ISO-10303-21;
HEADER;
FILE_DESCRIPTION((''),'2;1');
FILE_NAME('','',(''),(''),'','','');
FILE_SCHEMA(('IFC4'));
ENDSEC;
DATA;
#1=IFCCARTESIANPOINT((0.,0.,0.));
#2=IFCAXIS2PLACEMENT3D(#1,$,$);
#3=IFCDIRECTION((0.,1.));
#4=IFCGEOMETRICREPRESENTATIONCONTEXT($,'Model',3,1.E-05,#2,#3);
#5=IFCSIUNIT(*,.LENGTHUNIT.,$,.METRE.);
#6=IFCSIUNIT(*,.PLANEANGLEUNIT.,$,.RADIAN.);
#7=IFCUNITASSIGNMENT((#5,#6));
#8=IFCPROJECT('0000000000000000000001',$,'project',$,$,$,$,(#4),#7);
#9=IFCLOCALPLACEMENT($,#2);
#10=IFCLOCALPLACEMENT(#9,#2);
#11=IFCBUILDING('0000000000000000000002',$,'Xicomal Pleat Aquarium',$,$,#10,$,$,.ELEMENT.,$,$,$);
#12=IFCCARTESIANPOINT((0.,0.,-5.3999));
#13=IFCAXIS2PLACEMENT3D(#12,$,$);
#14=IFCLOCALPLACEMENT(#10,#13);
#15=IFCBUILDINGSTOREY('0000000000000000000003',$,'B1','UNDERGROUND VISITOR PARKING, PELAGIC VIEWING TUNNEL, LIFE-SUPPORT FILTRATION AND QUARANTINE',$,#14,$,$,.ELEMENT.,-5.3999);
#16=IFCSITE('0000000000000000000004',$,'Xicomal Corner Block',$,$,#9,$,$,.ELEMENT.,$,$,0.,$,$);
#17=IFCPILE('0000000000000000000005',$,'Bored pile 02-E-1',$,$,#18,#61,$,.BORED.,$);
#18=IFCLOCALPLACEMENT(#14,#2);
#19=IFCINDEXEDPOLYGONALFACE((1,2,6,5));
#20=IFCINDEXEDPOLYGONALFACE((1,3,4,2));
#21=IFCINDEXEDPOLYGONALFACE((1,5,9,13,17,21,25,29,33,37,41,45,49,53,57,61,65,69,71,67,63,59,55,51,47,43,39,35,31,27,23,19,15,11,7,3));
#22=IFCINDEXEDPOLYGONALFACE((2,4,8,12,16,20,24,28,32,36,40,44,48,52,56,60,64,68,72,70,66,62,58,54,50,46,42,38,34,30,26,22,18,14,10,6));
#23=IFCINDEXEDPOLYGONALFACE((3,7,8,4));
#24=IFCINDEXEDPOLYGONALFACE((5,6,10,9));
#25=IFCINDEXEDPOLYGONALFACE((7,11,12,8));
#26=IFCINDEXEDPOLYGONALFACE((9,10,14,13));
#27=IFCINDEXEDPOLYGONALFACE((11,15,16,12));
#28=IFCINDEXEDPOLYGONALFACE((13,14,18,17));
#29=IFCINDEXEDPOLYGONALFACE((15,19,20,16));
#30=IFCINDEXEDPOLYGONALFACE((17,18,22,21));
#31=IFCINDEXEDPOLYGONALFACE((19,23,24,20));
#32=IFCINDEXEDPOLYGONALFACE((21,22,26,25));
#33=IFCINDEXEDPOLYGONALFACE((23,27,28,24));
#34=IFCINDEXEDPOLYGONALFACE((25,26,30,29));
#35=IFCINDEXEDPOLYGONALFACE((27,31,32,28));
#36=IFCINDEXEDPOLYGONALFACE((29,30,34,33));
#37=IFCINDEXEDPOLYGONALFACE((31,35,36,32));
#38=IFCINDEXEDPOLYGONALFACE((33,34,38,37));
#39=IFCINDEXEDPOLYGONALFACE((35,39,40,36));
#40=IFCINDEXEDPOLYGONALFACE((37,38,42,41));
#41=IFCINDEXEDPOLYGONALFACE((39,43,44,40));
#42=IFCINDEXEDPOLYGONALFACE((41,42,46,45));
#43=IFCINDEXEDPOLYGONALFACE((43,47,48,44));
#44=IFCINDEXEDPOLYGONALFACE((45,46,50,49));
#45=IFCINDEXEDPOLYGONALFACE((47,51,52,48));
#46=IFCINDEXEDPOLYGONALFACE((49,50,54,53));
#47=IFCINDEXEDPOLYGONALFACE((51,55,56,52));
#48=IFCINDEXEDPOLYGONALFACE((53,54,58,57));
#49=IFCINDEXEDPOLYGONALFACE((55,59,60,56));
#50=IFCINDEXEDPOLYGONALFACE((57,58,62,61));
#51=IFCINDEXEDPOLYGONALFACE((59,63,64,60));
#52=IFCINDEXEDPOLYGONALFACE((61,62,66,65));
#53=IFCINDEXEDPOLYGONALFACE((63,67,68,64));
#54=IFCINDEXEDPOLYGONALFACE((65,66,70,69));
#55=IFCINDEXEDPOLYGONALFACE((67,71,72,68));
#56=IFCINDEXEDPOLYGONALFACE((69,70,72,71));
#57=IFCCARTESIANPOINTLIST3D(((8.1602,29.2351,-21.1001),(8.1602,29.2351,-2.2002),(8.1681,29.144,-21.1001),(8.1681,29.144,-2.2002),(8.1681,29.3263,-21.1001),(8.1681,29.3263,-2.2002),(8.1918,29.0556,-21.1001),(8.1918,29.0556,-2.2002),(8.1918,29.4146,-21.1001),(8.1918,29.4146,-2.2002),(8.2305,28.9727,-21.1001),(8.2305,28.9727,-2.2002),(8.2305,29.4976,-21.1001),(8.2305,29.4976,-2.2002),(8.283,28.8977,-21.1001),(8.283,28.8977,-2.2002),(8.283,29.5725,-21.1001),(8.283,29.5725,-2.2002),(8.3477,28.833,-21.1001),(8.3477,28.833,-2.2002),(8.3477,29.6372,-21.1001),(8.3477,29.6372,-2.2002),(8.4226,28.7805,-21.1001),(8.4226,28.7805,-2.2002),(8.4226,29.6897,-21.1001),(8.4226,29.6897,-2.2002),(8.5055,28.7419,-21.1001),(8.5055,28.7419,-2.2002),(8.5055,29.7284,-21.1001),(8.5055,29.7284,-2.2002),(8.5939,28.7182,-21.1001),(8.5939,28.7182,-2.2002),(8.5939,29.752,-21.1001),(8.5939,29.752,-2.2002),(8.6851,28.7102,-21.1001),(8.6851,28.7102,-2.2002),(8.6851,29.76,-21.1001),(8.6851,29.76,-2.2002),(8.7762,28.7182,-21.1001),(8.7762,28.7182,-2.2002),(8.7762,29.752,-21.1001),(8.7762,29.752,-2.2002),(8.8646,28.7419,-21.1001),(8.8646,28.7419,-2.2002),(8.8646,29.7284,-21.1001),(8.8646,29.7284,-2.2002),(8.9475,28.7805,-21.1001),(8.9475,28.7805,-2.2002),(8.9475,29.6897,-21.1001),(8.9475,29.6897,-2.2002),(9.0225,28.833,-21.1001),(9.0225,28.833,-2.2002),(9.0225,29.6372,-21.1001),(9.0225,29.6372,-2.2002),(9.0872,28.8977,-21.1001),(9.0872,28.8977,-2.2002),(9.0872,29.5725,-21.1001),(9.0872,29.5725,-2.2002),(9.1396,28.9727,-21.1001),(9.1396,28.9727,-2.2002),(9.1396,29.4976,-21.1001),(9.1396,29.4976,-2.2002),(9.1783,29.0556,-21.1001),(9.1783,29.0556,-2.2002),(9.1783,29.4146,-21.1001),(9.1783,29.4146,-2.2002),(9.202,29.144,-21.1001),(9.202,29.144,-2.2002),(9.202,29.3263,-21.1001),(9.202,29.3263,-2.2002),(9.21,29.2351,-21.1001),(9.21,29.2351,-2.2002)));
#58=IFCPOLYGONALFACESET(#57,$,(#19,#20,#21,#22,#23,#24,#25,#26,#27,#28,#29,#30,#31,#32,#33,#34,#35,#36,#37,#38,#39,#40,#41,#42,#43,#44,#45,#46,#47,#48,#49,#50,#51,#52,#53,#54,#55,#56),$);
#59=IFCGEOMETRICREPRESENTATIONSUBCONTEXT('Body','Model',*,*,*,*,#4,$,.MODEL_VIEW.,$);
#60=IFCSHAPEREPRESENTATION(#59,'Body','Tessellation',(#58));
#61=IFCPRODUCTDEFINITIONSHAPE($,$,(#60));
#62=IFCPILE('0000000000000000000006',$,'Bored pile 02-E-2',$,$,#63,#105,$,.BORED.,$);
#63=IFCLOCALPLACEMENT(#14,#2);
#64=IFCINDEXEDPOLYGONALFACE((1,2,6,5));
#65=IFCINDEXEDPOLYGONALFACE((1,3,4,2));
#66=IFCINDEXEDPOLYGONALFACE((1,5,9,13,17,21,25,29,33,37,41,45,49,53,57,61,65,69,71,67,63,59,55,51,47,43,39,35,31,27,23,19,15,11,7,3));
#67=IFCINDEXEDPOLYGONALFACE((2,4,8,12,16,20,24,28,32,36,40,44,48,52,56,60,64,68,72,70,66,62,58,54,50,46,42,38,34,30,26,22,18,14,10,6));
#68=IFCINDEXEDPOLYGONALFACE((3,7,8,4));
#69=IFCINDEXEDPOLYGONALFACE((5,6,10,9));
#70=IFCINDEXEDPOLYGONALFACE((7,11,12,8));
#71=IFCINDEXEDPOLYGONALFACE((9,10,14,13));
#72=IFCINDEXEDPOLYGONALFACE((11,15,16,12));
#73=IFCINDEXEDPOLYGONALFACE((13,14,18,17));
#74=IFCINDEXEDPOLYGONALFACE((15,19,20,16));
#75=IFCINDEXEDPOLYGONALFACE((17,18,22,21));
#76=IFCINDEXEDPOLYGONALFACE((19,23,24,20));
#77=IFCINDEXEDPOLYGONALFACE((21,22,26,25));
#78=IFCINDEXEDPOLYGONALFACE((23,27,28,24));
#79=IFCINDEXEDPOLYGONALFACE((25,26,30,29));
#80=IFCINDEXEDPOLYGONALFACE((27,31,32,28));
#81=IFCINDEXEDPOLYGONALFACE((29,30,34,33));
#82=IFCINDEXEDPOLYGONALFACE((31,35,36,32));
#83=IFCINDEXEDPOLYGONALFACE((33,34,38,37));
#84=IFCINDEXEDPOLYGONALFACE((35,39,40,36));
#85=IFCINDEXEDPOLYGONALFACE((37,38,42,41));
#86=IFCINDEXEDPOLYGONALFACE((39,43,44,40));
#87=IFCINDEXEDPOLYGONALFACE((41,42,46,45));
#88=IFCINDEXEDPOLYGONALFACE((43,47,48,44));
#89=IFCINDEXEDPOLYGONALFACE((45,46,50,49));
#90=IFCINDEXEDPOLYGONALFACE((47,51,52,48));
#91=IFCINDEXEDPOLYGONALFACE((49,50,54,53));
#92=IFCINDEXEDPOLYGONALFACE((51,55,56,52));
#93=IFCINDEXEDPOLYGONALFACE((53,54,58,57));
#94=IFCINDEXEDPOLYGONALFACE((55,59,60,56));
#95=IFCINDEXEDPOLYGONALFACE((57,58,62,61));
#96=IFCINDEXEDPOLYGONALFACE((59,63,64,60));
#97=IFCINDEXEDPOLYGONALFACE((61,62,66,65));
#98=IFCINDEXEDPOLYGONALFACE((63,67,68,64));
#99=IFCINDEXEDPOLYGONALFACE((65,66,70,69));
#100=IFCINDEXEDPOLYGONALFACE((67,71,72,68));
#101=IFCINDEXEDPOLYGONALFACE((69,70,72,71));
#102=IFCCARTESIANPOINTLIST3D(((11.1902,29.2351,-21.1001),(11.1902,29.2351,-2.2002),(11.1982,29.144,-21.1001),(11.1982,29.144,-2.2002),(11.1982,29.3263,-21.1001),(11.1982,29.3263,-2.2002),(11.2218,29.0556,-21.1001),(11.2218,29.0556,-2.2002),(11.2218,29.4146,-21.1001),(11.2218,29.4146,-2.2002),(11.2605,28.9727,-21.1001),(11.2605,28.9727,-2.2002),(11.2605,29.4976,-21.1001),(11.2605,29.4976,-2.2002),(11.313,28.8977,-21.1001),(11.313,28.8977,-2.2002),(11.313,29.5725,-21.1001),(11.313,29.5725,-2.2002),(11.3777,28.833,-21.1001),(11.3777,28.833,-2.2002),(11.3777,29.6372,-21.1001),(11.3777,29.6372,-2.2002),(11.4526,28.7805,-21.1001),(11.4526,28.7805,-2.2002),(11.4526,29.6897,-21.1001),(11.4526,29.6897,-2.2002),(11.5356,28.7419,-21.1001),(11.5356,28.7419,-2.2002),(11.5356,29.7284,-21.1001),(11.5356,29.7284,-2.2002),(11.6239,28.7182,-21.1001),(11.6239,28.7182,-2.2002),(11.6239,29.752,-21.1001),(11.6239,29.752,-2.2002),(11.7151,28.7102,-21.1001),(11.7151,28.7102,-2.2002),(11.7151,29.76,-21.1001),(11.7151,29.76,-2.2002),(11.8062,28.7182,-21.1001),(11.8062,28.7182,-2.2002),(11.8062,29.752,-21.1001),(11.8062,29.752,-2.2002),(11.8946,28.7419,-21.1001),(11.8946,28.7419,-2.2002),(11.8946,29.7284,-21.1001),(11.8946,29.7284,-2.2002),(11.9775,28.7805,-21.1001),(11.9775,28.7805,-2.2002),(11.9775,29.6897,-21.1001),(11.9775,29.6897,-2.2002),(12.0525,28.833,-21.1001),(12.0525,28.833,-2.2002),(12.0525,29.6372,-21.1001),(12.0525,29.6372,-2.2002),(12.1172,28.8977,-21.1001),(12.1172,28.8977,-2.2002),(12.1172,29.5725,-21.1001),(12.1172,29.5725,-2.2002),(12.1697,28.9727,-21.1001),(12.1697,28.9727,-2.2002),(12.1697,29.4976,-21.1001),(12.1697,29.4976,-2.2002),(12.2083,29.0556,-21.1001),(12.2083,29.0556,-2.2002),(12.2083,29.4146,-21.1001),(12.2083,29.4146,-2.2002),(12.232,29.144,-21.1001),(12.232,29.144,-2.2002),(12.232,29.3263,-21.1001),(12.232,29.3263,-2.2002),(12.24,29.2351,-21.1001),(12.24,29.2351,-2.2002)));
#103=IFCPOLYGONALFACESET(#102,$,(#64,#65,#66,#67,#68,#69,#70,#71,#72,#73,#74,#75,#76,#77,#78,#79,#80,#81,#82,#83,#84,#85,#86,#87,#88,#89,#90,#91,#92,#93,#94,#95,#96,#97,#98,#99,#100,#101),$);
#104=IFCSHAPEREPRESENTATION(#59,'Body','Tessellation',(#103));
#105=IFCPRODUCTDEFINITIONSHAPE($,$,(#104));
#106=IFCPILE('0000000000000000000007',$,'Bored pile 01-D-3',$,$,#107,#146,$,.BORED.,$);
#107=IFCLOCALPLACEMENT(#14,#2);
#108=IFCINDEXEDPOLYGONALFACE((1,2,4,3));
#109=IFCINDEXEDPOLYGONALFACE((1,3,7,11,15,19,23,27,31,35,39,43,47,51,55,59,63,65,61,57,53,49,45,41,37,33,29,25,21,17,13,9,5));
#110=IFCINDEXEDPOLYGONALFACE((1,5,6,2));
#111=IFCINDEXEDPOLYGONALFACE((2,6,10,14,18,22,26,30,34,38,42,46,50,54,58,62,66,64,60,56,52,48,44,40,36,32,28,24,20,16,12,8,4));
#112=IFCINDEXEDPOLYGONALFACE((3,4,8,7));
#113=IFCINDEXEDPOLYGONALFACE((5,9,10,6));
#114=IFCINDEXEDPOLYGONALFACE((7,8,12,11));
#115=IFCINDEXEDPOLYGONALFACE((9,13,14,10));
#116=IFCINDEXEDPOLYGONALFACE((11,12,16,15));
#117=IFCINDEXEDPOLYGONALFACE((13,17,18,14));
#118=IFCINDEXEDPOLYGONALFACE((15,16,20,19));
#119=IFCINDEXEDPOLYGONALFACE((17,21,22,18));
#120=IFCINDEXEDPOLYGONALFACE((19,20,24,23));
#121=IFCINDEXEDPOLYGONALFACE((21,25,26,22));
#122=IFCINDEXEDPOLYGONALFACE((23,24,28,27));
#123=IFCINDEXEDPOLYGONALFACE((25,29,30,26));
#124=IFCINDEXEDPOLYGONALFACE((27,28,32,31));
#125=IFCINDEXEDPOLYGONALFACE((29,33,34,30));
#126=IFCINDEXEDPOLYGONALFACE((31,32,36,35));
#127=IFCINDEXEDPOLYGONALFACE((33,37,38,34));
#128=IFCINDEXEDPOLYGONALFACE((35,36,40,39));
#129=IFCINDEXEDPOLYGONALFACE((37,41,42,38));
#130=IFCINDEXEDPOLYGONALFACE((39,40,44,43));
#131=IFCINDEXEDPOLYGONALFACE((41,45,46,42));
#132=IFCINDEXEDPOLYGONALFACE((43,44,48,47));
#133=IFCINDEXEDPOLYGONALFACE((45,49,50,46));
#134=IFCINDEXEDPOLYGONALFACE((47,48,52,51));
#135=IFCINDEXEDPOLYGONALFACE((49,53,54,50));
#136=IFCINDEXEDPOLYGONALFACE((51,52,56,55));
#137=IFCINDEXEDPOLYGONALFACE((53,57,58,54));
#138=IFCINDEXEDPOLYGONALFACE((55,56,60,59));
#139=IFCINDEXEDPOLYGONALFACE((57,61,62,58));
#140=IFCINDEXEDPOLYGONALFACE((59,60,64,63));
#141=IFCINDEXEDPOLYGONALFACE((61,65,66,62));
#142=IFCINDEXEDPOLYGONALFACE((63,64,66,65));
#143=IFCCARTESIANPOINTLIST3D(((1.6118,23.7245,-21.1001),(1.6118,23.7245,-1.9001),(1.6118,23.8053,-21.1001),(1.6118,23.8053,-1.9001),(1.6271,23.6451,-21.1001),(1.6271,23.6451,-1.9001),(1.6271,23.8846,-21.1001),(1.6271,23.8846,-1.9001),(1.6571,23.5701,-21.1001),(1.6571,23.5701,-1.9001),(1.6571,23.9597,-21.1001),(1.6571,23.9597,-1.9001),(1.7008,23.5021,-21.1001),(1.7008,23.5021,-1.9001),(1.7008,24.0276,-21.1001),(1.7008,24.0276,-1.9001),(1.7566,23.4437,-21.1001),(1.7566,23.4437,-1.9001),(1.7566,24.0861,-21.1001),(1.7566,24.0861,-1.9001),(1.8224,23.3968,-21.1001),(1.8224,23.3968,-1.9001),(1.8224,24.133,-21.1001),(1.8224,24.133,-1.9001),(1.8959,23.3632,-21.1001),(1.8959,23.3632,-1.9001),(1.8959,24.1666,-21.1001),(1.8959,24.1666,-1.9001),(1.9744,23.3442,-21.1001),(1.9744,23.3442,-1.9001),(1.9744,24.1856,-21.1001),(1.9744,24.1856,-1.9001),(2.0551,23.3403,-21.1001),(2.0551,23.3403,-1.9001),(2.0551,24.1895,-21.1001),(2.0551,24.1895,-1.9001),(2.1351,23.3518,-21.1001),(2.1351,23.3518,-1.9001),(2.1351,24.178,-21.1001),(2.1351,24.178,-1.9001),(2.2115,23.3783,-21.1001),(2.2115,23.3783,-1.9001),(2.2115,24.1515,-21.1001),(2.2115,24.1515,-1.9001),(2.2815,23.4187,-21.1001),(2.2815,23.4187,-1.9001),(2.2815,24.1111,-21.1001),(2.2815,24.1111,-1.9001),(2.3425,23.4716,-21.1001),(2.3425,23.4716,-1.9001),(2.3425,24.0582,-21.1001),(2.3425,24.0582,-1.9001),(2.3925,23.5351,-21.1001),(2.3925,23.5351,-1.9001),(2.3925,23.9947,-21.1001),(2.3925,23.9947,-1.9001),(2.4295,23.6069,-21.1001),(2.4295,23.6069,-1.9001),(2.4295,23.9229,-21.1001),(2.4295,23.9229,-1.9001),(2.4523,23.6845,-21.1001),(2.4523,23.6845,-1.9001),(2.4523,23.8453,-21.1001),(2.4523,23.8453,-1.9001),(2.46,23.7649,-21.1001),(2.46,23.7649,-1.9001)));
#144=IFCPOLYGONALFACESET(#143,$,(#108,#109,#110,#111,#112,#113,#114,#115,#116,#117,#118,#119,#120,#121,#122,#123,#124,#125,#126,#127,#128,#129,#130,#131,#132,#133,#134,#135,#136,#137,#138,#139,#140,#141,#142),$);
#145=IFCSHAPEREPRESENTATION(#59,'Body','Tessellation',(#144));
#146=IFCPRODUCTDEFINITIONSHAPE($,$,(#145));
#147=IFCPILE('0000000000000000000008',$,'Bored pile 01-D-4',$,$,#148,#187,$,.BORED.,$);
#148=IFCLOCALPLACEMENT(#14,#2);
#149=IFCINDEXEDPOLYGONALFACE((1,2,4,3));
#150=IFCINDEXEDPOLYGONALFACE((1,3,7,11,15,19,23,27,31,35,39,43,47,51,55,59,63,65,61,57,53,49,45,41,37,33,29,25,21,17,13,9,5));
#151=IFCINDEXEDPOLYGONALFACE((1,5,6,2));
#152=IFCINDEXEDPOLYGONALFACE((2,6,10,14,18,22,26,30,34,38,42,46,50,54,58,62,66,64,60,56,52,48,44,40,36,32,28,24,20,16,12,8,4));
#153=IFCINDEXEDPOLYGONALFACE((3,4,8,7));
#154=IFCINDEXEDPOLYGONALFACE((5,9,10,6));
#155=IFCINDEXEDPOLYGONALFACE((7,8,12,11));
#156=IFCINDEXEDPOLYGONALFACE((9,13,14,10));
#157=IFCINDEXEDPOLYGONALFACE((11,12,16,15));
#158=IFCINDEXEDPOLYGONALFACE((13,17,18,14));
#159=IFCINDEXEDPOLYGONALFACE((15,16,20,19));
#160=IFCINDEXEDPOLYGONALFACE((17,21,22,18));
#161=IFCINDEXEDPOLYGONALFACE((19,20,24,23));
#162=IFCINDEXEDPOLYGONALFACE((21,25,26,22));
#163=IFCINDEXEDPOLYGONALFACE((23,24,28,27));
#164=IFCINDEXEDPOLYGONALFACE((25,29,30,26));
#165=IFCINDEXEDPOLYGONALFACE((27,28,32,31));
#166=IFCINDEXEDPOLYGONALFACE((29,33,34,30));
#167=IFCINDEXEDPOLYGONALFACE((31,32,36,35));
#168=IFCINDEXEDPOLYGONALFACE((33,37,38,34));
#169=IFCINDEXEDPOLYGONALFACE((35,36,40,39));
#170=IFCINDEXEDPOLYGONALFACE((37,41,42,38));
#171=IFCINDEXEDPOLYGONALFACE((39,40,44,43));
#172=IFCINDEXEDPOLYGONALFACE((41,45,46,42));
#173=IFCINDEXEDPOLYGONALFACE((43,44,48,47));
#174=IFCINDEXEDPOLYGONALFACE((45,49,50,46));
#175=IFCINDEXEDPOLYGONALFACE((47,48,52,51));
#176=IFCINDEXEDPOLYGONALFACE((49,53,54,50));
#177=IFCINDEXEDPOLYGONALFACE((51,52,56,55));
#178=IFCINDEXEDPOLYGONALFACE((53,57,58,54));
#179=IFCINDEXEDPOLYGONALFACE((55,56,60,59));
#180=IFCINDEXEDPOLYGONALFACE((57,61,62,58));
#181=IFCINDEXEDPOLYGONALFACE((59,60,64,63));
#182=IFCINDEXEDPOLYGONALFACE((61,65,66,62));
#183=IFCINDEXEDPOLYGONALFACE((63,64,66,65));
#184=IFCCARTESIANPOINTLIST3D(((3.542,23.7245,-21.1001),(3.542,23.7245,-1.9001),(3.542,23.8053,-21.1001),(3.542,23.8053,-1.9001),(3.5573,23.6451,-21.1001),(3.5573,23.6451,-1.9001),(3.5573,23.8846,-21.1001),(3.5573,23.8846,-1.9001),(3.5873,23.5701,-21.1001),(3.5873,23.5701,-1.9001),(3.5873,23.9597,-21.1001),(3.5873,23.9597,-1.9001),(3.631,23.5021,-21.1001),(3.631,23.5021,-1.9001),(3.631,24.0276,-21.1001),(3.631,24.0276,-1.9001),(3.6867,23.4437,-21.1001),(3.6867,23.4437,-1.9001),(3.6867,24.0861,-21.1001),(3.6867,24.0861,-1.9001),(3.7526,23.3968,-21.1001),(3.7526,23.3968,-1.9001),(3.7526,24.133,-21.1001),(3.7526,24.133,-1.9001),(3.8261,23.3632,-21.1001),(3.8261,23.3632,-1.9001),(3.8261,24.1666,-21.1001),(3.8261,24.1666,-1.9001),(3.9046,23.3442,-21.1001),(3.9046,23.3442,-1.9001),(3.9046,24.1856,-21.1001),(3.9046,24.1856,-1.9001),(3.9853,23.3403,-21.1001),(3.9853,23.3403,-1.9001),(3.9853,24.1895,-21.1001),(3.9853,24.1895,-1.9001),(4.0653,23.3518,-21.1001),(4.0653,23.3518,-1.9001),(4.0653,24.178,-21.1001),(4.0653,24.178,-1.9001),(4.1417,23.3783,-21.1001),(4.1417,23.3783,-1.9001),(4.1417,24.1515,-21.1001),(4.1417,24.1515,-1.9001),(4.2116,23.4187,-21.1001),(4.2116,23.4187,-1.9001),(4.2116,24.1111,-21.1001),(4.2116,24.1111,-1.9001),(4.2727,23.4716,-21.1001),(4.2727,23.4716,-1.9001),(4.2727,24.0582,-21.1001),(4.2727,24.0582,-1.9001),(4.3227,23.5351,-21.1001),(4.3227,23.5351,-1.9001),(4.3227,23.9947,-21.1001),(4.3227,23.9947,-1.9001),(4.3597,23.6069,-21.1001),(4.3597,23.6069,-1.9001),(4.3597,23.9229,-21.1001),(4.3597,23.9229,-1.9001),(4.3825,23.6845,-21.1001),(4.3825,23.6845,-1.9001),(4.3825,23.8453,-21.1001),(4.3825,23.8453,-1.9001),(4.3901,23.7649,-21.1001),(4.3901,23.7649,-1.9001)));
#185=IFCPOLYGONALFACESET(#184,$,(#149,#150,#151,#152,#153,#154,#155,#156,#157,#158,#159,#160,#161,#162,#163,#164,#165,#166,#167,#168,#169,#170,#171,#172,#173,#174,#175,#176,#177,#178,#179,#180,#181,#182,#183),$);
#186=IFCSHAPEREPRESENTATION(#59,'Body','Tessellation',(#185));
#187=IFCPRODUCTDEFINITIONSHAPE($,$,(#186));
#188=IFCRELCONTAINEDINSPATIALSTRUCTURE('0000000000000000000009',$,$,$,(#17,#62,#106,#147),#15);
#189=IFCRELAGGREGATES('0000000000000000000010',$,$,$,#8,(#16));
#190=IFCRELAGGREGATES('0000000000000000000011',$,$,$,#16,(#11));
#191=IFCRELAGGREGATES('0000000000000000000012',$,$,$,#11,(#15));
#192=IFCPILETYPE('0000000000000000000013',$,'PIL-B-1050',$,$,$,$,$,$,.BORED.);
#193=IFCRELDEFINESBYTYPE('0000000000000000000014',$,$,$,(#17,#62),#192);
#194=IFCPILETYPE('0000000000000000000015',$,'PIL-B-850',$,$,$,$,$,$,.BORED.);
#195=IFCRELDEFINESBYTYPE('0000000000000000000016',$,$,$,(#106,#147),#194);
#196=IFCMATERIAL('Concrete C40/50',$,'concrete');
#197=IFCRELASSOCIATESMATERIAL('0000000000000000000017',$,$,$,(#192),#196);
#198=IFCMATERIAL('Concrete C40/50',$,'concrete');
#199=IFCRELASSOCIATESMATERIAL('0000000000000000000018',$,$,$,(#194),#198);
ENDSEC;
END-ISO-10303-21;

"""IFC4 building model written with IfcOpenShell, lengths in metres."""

from ifc_helpers import new_model, si_unit, direction, frame, origin, origin_2d, place, context, subcontext, project, spatial, circle, extrude, material, material_profile, profile_set, type_object, element, save


model = new_model("IFC4")

# Units and contexts
model_context = context("Model", 3, precision=1e-05, world=origin(), true_north=direction((0.0, 1.0)))
body_context = subcontext(model_context, "Body", "Model", "MODEL_VIEW")
ifc_project = project(units=[si_unit("LENGTHUNIT", "METRE"), si_unit("PLANEANGLEUNIT", "RADIAN")], contexts=[model_context])

# Site, building, storey
site_placement = place(None, origin())
site = spatial("IfcSite", under=ifc_project, at=site_placement, Name="Xicomal Corner Block", CompositionType="ELEMENT", RefElevation=0.0)
building_placement = place(site_placement, origin())
building = spatial("IfcBuilding", under=site, at=building_placement, Name="Xicomal Pleat Aquarium", CompositionType="ELEMENT")
storey_placement = place(building_placement, frame((0.0, 0.0, -5.3999)))
storey = spatial("IfcBuildingStorey", under=building, at=storey_placement, Name="B1", Description="UNDERGROUND VISITOR PARKING, PELAGIC VIEWING TUNNEL, LIFE-SUPPORT FILTRATION AND QUARANTINE", CompositionType="ELEMENT", Elevation=-5.3999)

# Piles
ifc_material_1 = material(Name="Concrete C40/50", Category="concrete")
ifc_material_profile_1 = material_profile(ifc_material_1, circle(Radius=0.5249, at=origin_2d()), Name="BORED PILE D1050")
ifc_profile_set_1 = profile_set([ifc_material_profile_1], Name="Concrete C40/50")
pile_type_1 = type_object("IfcPileType", Name="PIL-B-1050", PredefinedType="BORED", material=ifc_profile_set_1)
for number, where, z_axis, x_axis, name in (
    (1, (8.6851, 29.2351, -2.2002), (0.0, 0.0, -1.0), (1.0, 0.0, 0.0), "Bored pile 02-E-1"),
    (2, (11.7151, 29.2351, -2.2002), (0.0, 0.0, -1.0), (1.0, 0.0, 0.0), "Bored pile 02-E-2"),
):
    element("IfcPile", number, at=place(storey_placement, frame(where, z_axis=z_axis, x_axis=x_axis)), inside=storey, type_object=pile_type_1, Name=name, PredefinedType="BORED", context=body_context, shape_type="SweptSolid", body=[
        extrude(circle(Radius=0.5249, at=origin_2d()), origin(), (0.0, 0.0, 1.0), 18.8999),
    ])
ifc_material_2 = material(Name="Concrete C40/50", Category="concrete")
ifc_material_profile_2 = material_profile(ifc_material_2, circle(Radius=0.425, at=origin_2d()), Name="BORED PILE D850")
ifc_profile_set_2 = profile_set([ifc_material_profile_2], Name="Concrete C40/50")
pile_type_2 = type_object("IfcPileType", Name="PIL-B-850", PredefinedType="BORED", material=ifc_profile_set_2)
for number, where, z_axis, x_axis, name in (
    (3, (2.0349, 23.7649, -1.9001), (0.0, 0.0, -1.0), (1.0, 0.0, 0.0), "Bored pile 01-D-3"),
    (4, (3.9651, 23.7649, -1.9001), (0.0, 0.0, -1.0), (1.0, 0.0, 0.0), "Bored pile 01-D-4"),
):
    element("IfcPile", number, at=place(storey_placement, frame(where, z_axis=z_axis, x_axis=x_axis)), inside=storey, type_object=pile_type_2, Name=name, PredefinedType="BORED", context=body_context, shape_type="SweptSolid", body=[
        extrude(circle(Radius=0.425, at=origin_2d()), origin(), (0.0, 0.0, 1.0), 19.2),
    ])

save(model, "model.ifc")
